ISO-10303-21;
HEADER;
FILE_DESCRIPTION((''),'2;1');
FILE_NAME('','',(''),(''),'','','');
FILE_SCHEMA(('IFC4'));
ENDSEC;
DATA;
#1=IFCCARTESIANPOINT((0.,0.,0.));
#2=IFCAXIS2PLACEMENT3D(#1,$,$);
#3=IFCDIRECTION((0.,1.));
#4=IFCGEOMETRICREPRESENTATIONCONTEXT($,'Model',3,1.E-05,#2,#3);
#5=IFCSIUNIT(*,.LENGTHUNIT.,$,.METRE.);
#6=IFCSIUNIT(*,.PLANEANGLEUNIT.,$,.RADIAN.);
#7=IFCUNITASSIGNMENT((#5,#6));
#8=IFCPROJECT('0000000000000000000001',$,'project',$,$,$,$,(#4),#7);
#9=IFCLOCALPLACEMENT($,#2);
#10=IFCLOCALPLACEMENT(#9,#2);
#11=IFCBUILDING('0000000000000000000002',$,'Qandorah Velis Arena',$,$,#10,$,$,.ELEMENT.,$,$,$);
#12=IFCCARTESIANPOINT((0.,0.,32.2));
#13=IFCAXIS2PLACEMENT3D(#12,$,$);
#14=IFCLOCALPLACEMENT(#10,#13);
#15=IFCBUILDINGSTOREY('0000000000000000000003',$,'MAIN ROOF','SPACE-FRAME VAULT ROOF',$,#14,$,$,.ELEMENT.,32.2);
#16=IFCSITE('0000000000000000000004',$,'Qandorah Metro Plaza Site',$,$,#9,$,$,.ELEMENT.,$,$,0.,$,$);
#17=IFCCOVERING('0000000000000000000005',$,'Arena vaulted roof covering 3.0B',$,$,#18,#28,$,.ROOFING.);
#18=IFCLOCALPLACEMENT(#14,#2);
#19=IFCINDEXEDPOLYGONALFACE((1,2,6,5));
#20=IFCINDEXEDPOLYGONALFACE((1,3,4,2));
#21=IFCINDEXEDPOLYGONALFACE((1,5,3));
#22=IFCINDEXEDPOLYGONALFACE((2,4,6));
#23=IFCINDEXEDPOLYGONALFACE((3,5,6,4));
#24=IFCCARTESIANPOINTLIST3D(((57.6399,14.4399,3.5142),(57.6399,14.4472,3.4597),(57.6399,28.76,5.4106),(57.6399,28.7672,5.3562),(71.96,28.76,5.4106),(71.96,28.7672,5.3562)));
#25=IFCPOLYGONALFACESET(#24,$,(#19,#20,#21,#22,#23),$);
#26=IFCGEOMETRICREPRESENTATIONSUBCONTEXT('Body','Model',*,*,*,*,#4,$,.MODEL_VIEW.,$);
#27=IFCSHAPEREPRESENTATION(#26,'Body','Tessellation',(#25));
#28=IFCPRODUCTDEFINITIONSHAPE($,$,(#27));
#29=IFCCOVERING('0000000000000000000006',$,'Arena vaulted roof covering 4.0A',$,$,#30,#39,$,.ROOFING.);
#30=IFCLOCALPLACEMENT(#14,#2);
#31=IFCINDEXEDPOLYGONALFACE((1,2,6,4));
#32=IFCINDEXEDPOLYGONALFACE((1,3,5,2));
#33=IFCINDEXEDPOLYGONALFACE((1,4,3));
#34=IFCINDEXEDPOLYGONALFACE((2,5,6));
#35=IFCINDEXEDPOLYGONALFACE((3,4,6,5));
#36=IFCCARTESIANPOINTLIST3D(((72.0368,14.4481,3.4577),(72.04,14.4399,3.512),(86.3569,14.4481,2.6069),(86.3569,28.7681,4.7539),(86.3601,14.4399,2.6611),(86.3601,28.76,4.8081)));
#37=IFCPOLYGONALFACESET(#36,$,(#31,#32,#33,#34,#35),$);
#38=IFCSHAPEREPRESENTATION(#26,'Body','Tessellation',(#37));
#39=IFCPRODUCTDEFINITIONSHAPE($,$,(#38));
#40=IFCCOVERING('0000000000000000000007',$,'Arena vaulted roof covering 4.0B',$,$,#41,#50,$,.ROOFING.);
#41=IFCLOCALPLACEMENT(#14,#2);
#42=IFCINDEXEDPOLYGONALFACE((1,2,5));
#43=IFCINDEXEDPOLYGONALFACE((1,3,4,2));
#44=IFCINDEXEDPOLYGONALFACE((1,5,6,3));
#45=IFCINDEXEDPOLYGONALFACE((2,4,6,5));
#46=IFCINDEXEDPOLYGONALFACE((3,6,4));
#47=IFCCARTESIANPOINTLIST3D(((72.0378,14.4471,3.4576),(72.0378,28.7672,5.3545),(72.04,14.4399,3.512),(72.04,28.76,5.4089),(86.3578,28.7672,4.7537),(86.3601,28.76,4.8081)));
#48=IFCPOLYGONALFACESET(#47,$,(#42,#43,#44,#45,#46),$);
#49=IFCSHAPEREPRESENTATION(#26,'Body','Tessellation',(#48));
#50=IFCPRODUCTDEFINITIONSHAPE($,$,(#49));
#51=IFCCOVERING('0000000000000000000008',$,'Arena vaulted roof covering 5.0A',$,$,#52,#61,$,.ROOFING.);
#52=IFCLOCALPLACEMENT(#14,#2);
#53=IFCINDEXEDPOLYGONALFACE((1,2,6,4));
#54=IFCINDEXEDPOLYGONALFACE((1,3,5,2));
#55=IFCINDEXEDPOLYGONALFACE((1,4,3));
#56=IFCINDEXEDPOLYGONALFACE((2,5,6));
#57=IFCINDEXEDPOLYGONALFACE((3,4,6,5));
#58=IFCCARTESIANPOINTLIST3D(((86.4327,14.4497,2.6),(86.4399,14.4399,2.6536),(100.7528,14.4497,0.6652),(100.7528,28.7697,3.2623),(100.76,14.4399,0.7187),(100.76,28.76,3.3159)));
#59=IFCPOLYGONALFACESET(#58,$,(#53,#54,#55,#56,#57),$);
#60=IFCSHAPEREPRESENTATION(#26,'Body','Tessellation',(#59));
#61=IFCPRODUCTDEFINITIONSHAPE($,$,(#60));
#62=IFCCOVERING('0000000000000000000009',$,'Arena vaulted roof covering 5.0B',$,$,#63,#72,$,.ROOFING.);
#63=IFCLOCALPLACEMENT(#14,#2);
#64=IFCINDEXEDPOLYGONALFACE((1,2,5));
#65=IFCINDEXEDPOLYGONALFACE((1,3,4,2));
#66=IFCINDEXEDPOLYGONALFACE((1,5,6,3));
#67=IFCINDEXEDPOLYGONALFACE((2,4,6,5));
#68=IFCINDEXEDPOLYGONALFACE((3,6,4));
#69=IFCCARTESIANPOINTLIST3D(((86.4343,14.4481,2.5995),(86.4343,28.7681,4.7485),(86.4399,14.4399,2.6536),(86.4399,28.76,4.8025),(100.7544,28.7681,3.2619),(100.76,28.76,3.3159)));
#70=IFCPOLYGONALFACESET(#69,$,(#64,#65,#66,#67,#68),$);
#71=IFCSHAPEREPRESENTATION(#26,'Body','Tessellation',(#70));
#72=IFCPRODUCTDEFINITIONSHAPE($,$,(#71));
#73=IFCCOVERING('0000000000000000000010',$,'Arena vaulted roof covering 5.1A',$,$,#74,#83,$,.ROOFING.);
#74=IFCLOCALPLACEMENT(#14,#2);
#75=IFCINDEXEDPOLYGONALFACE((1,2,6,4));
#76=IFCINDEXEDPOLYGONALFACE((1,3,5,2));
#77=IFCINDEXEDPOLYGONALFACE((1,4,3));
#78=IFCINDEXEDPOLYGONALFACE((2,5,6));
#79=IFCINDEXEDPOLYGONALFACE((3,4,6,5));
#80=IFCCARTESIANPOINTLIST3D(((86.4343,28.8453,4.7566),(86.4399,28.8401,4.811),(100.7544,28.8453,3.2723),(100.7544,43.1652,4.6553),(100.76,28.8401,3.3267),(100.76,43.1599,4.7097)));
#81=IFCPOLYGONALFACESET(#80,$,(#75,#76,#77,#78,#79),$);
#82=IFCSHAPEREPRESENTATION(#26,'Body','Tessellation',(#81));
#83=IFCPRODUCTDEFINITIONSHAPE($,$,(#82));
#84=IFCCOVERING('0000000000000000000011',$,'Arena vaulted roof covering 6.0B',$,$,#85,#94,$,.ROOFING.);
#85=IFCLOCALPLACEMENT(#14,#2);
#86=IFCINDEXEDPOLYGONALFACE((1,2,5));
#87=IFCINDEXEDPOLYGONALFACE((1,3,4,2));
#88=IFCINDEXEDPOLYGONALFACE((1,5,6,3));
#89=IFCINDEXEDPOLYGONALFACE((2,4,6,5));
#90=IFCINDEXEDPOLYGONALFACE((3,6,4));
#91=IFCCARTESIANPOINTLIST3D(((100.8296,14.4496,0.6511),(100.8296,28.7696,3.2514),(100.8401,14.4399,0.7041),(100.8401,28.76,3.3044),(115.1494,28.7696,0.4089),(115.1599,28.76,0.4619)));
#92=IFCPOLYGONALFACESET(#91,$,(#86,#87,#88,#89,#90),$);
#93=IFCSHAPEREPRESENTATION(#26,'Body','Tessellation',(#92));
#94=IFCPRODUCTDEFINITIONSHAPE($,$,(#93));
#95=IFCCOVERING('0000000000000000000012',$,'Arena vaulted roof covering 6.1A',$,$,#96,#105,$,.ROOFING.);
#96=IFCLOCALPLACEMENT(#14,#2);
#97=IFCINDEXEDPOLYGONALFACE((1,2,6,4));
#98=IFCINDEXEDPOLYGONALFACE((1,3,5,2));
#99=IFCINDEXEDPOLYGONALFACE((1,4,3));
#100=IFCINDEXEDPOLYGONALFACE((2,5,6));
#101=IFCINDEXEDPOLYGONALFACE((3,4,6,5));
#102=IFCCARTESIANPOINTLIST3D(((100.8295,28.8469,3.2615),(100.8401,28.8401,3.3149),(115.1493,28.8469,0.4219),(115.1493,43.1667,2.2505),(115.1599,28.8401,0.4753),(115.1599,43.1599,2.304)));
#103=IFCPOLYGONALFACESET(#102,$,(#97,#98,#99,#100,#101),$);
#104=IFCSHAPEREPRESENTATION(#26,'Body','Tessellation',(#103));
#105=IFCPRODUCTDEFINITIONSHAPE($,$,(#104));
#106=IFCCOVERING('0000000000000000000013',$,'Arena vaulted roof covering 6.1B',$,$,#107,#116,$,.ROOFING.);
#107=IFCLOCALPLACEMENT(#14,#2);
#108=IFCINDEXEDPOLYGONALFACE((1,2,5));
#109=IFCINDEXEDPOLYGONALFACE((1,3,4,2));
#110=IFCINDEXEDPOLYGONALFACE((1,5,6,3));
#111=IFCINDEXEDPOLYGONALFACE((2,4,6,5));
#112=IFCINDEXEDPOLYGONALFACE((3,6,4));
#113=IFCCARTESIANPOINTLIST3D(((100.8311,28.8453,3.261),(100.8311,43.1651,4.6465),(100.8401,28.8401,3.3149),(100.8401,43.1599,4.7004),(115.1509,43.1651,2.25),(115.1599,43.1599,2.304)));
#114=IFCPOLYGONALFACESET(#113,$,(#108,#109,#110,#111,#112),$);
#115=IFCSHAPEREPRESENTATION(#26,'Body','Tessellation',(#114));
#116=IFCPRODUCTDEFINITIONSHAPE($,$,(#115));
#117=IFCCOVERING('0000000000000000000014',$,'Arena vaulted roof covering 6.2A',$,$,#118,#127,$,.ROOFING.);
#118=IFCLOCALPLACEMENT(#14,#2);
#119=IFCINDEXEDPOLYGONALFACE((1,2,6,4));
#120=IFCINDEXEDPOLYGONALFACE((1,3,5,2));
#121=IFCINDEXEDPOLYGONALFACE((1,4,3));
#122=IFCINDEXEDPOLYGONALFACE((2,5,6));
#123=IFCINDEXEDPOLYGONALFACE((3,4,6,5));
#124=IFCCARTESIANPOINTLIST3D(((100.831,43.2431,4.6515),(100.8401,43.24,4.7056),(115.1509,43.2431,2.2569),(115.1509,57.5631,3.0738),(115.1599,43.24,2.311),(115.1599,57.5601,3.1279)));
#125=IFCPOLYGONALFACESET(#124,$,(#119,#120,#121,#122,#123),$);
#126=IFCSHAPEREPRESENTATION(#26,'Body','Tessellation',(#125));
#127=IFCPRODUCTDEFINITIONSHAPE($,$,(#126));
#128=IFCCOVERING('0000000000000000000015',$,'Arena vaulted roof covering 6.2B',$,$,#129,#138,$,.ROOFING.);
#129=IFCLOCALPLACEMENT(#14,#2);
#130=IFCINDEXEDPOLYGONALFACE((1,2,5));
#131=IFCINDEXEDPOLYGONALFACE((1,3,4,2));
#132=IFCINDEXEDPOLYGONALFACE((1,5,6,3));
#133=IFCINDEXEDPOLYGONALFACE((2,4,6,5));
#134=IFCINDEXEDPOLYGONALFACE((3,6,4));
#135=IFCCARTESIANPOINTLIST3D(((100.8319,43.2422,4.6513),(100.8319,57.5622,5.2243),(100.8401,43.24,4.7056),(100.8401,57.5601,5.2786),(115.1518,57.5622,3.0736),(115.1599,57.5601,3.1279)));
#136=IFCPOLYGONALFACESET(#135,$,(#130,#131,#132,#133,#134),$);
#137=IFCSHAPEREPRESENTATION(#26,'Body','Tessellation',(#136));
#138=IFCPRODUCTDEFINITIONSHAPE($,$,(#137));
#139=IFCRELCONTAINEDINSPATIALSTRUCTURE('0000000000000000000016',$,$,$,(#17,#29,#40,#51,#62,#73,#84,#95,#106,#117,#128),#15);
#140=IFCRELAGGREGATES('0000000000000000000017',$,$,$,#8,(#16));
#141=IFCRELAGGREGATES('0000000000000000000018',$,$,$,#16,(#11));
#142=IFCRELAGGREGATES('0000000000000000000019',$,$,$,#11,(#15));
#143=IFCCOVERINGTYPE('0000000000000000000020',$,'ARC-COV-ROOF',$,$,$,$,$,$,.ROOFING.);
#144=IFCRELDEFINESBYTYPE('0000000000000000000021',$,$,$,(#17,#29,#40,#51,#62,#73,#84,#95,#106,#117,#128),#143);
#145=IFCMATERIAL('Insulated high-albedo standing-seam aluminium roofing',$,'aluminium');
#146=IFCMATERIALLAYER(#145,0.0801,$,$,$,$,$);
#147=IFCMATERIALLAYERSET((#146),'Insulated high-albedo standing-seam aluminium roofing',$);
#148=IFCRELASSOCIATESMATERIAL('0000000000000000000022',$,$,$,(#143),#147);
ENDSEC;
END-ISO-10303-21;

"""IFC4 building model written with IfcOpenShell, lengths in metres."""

from ifc_helpers import new_model, si_unit, direction, frame, origin, place, context, subcontext, project, spatial, polyline, outline, extrude, material, layer, layer_set, type_object, element, save


model = new_model("IFC4")

# Units and contexts
model_context = context("Model", 3, precision=1e-05, world=origin(), true_north=direction((0.0, 1.0)))
body_context = subcontext(model_context, "Body", "Model", "MODEL_VIEW")
ifc_project = project(units=[si_unit("LENGTHUNIT", "METRE"), si_unit("PLANEANGLEUNIT", "RADIAN")], contexts=[model_context])

# Site, building, storey
site_placement = place(None, origin())
site = spatial("IfcSite", under=ifc_project, at=site_placement, Name="Qandorah Metro Plaza Site", CompositionType="ELEMENT", RefElevation=0.0)
building_placement = place(site_placement, origin())
building = spatial("IfcBuilding", under=site, at=building_placement, Name="Qandorah Velis Arena", CompositionType="ELEMENT")
storey_placement = place(building_placement, frame((0.0, 0.0, 32.2)))
storey = spatial("IfcBuildingStorey", under=building, at=storey_placement, Name="MAIN ROOF", Description="SPACE-FRAME VAULT ROOF", CompositionType="ELEMENT", Elevation=32.2)

# Coverings
ifc_material_1 = material(Name="Insulated high-albedo standing-seam aluminium roofing", Category="aluminium")
ifc_layer_1 = layer(ifc_material_1, 0.0801)
ifc_layer_set_1 = layer_set([ifc_layer_1], Name="Insulated high-albedo standing-seam aluminium roofing")
covering_type = type_object("IfcCoveringType", Name="ARC-COV-ROOF", PredefinedType="ROOFING", material=ifc_layer_set_1)
covering_1_placement = place(storey_placement, frame((57.6399, 14.4399, 3.5142), z_axis=(0.0, -0.131289, 0.991344), x_axis=(0.704027, 0.704027, 0.093238)))
element("IfcCovering", 1, at=covering_1_placement, inside=storey, type_object=covering_type, Name="Arena vaulted roof covering 3.0B", PredefinedType="ROOFING", context=body_context, shape_type="SweptSolid", body=[
    extrude(outline(polyline([(0.0, 0.0), (20.3402, 0.0), (10.2585, 10.1697), (0.0, 0.0)])), origin(), (0.0, 0.0, -1.0), 0.0549),
])
covering_2_placement = place(storey_placement, frame((72.04, 14.4399, 3.512), z_axis=(0.058657, -0.148015, 0.987244), x_axis=(0.99824, 0.0, -0.059311)))
element("IfcCovering", 2, at=covering_2_placement, inside=storey, type_object=covering_type, Name="Arena vaulted roof covering 4.0A", PredefinedType="ROOFING", context=body_context, shape_type="SweptSolid", body=[
    extrude(outline(polyline([(0.0, 0.0), (14.3453, 0.0), (14.218, 14.4796), (0.0, 0.0)])), origin(), (0.0, 0.0, -1.0), 0.0549),
])
covering_3_placement = place(storey_placement, frame((72.04, 14.4399, 3.512), z_axis=(0.041558, -0.131209, 0.990483), x_axis=(0.705663, 0.705663, 0.063871)))
element("IfcCovering", 3, at=covering_3_placement, inside=storey, type_object=covering_type, Name="Arena vaulted roof covering 4.0B", PredefinedType="ROOFING", context=body_context, shape_type="SweptSolid", body=[
    extrude(outline(polyline([(0.0, 0.0), (20.2931, 0.0), (10.2263, 10.2022), (0.0, 0.0)])), origin(), (0.0, 0.0, -1.0), 0.0549),
])
covering_4_placement = place(storey_placement, frame((86.4399, 14.4399, 2.6536), z_axis=(0.131784, -0.176898, 0.975367), x_axis=(0.990995, 0.0, -0.133895)))
element("IfcCovering", 4, at=covering_4_placement, inside=storey, type_object=covering_type, Name="Arena vaulted roof covering 5.0A", PredefinedType="ROOFING", context=body_context, shape_type="SweptSolid", body=[
    extrude(outline(polyline([(0.0, 0.0), (14.4502, 0.0), (14.1024, 14.5495), (0.0, 0.0)])), origin(), (0.0, 0.0, -1.0), 0.0549),
])
covering_5_placement = place(storey_placement, frame((86.4399, 14.4399, 2.6536), z_axis=(0.102124, -0.147626, 0.983757), x_axis=(0.706729, 0.706729, 0.032689)))
element("IfcCovering", 5, at=covering_5_placement, inside=storey, type_object=covering_type, Name="Arena vaulted roof covering 5.0B", PredefinedType="ROOFING", context=body_context, shape_type="SweptSolid", body=[
    extrude(outline(polyline([(0.0, 0.0), (20.2625, 0.0), (10.1907, 10.2875), (0.0, 0.0)])), origin(), (0.0, 0.0, -1.0), 0.0549),
])
covering_6_placement = place(storey_placement, frame((86.4399, 28.8401, 4.811), z_axis=(0.102632, -0.095628, 0.990112), x_axis=(0.994671, 0.0, -0.103105)))
element("IfcCovering", 6, at=covering_6_placement, inside=storey, type_object=covering_type, Name="Arena vaulted roof covering 5.1A", PredefinedType="ROOFING", context=body_context, shape_type="SweptSolid", body=[
    extrude(outline(polyline([(0.0, 0.0), (14.3968, 0.0), (14.2542, 14.3858), (0.0, 0.0)])), origin(), (0.0, 0.0, -1.0), 0.0549),
])
covering_7_placement = place(storey_placement, frame((100.8401, 14.4399, 0.7041), z_axis=(0.191687, -0.175352, 0.965664), x_axis=(0.70705, 0.707062, -0.011958)))
element("IfcCovering", 7, at=covering_7_placement, inside=storey, type_object=covering_type, Name="Arena vaulted roof covering 6.0B", PredefinedType="ROOFING", context=body_context, shape_type="SweptSolid", body=[
    extrude(outline(polyline([(0.0, 0.0), (20.2529, 0.0), (10.0941, 10.485), (0.0, 0.0)])), origin(), (0.0, 0.0, -1.0), 0.0549),
])
covering_8_placement = place(storey_placement, frame((100.8401, 28.8401, 3.3149), z_axis=(0.193003, -0.124288, 0.973295), x_axis=(0.9809, 0.0, -0.194511)))
element("IfcCovering", 8, at=covering_8_placement, inside=storey, type_object=covering_type, Name="Arena vaulted roof covering 6.1A", PredefinedType="ROOFING", context=body_context, shape_type="SweptSolid", body=[
    extrude(outline(polyline([(0.0, 0.0), (14.5987, 0.0), (14.243, 14.4317), (0.0, 0.0)])), origin(), (0.0, 0.0, -1.0), 0.0549),
])
covering_9_placement = place(storey_placement, frame((100.8401, 28.8401, 3.3149), z_axis=(0.164312, -0.094995, 0.981823), x_axis=(0.706227, 0.706227, -0.04986)))
element("IfcCovering", 9, at=covering_9_placement, inside=storey, type_object=covering_type, Name="Arena vaulted roof covering 6.1B", PredefinedType="ROOFING", context=body_context, shape_type="SweptSolid", body=[
    extrude(outline(polyline([(0.0, 0.0), (20.2765, 0.0), (10.044, 10.3003), (0.0, 0.0)])), origin(), (0.0, 0.0, -1.0), 0.0549),
])
covering_10_placement = place(storey_placement, frame((100.8401, 43.24, 4.7056), z_axis=(0.164668, -0.056175, 0.984748), x_axis=(0.986306, 0.0, -0.164928)))
element("IfcCovering", 10, at=covering_10_placement, inside=storey, type_object=covering_type, Name="Arena vaulted roof covering 6.2A", PredefinedType="ROOFING", context=body_context, shape_type="SweptSolid", body=[
    extrude(outline(polyline([(0.0, 0.0), (14.5186, 0.0), (14.3839, 14.3427), (0.0, 0.0)])), origin(), (0.0, 0.0, -1.0), 0.0549),
])
covering_11_placement = place(storey_placement, frame((100.8401, 43.24, 4.7056), z_axis=(0.148404, -0.039539, 0.988136), x_axis=(0.704965, 0.704977, -0.077667)))
element("IfcCovering", 11, at=covering_11_placement, inside=storey, type_object=covering_type, Name="Arena vaulted roof covering 6.2B", PredefinedType="ROOFING", context=body_context, shape_type="SweptSolid", body=[
    extrude(outline(polyline([(0.0, 0.0), (20.3128, 0.0), (10.0508, 10.2164), (0.0, 0.0)])), origin(), (0.0, 0.0, -1.0), 0.0549),
])

save(model, "model.ifc")
